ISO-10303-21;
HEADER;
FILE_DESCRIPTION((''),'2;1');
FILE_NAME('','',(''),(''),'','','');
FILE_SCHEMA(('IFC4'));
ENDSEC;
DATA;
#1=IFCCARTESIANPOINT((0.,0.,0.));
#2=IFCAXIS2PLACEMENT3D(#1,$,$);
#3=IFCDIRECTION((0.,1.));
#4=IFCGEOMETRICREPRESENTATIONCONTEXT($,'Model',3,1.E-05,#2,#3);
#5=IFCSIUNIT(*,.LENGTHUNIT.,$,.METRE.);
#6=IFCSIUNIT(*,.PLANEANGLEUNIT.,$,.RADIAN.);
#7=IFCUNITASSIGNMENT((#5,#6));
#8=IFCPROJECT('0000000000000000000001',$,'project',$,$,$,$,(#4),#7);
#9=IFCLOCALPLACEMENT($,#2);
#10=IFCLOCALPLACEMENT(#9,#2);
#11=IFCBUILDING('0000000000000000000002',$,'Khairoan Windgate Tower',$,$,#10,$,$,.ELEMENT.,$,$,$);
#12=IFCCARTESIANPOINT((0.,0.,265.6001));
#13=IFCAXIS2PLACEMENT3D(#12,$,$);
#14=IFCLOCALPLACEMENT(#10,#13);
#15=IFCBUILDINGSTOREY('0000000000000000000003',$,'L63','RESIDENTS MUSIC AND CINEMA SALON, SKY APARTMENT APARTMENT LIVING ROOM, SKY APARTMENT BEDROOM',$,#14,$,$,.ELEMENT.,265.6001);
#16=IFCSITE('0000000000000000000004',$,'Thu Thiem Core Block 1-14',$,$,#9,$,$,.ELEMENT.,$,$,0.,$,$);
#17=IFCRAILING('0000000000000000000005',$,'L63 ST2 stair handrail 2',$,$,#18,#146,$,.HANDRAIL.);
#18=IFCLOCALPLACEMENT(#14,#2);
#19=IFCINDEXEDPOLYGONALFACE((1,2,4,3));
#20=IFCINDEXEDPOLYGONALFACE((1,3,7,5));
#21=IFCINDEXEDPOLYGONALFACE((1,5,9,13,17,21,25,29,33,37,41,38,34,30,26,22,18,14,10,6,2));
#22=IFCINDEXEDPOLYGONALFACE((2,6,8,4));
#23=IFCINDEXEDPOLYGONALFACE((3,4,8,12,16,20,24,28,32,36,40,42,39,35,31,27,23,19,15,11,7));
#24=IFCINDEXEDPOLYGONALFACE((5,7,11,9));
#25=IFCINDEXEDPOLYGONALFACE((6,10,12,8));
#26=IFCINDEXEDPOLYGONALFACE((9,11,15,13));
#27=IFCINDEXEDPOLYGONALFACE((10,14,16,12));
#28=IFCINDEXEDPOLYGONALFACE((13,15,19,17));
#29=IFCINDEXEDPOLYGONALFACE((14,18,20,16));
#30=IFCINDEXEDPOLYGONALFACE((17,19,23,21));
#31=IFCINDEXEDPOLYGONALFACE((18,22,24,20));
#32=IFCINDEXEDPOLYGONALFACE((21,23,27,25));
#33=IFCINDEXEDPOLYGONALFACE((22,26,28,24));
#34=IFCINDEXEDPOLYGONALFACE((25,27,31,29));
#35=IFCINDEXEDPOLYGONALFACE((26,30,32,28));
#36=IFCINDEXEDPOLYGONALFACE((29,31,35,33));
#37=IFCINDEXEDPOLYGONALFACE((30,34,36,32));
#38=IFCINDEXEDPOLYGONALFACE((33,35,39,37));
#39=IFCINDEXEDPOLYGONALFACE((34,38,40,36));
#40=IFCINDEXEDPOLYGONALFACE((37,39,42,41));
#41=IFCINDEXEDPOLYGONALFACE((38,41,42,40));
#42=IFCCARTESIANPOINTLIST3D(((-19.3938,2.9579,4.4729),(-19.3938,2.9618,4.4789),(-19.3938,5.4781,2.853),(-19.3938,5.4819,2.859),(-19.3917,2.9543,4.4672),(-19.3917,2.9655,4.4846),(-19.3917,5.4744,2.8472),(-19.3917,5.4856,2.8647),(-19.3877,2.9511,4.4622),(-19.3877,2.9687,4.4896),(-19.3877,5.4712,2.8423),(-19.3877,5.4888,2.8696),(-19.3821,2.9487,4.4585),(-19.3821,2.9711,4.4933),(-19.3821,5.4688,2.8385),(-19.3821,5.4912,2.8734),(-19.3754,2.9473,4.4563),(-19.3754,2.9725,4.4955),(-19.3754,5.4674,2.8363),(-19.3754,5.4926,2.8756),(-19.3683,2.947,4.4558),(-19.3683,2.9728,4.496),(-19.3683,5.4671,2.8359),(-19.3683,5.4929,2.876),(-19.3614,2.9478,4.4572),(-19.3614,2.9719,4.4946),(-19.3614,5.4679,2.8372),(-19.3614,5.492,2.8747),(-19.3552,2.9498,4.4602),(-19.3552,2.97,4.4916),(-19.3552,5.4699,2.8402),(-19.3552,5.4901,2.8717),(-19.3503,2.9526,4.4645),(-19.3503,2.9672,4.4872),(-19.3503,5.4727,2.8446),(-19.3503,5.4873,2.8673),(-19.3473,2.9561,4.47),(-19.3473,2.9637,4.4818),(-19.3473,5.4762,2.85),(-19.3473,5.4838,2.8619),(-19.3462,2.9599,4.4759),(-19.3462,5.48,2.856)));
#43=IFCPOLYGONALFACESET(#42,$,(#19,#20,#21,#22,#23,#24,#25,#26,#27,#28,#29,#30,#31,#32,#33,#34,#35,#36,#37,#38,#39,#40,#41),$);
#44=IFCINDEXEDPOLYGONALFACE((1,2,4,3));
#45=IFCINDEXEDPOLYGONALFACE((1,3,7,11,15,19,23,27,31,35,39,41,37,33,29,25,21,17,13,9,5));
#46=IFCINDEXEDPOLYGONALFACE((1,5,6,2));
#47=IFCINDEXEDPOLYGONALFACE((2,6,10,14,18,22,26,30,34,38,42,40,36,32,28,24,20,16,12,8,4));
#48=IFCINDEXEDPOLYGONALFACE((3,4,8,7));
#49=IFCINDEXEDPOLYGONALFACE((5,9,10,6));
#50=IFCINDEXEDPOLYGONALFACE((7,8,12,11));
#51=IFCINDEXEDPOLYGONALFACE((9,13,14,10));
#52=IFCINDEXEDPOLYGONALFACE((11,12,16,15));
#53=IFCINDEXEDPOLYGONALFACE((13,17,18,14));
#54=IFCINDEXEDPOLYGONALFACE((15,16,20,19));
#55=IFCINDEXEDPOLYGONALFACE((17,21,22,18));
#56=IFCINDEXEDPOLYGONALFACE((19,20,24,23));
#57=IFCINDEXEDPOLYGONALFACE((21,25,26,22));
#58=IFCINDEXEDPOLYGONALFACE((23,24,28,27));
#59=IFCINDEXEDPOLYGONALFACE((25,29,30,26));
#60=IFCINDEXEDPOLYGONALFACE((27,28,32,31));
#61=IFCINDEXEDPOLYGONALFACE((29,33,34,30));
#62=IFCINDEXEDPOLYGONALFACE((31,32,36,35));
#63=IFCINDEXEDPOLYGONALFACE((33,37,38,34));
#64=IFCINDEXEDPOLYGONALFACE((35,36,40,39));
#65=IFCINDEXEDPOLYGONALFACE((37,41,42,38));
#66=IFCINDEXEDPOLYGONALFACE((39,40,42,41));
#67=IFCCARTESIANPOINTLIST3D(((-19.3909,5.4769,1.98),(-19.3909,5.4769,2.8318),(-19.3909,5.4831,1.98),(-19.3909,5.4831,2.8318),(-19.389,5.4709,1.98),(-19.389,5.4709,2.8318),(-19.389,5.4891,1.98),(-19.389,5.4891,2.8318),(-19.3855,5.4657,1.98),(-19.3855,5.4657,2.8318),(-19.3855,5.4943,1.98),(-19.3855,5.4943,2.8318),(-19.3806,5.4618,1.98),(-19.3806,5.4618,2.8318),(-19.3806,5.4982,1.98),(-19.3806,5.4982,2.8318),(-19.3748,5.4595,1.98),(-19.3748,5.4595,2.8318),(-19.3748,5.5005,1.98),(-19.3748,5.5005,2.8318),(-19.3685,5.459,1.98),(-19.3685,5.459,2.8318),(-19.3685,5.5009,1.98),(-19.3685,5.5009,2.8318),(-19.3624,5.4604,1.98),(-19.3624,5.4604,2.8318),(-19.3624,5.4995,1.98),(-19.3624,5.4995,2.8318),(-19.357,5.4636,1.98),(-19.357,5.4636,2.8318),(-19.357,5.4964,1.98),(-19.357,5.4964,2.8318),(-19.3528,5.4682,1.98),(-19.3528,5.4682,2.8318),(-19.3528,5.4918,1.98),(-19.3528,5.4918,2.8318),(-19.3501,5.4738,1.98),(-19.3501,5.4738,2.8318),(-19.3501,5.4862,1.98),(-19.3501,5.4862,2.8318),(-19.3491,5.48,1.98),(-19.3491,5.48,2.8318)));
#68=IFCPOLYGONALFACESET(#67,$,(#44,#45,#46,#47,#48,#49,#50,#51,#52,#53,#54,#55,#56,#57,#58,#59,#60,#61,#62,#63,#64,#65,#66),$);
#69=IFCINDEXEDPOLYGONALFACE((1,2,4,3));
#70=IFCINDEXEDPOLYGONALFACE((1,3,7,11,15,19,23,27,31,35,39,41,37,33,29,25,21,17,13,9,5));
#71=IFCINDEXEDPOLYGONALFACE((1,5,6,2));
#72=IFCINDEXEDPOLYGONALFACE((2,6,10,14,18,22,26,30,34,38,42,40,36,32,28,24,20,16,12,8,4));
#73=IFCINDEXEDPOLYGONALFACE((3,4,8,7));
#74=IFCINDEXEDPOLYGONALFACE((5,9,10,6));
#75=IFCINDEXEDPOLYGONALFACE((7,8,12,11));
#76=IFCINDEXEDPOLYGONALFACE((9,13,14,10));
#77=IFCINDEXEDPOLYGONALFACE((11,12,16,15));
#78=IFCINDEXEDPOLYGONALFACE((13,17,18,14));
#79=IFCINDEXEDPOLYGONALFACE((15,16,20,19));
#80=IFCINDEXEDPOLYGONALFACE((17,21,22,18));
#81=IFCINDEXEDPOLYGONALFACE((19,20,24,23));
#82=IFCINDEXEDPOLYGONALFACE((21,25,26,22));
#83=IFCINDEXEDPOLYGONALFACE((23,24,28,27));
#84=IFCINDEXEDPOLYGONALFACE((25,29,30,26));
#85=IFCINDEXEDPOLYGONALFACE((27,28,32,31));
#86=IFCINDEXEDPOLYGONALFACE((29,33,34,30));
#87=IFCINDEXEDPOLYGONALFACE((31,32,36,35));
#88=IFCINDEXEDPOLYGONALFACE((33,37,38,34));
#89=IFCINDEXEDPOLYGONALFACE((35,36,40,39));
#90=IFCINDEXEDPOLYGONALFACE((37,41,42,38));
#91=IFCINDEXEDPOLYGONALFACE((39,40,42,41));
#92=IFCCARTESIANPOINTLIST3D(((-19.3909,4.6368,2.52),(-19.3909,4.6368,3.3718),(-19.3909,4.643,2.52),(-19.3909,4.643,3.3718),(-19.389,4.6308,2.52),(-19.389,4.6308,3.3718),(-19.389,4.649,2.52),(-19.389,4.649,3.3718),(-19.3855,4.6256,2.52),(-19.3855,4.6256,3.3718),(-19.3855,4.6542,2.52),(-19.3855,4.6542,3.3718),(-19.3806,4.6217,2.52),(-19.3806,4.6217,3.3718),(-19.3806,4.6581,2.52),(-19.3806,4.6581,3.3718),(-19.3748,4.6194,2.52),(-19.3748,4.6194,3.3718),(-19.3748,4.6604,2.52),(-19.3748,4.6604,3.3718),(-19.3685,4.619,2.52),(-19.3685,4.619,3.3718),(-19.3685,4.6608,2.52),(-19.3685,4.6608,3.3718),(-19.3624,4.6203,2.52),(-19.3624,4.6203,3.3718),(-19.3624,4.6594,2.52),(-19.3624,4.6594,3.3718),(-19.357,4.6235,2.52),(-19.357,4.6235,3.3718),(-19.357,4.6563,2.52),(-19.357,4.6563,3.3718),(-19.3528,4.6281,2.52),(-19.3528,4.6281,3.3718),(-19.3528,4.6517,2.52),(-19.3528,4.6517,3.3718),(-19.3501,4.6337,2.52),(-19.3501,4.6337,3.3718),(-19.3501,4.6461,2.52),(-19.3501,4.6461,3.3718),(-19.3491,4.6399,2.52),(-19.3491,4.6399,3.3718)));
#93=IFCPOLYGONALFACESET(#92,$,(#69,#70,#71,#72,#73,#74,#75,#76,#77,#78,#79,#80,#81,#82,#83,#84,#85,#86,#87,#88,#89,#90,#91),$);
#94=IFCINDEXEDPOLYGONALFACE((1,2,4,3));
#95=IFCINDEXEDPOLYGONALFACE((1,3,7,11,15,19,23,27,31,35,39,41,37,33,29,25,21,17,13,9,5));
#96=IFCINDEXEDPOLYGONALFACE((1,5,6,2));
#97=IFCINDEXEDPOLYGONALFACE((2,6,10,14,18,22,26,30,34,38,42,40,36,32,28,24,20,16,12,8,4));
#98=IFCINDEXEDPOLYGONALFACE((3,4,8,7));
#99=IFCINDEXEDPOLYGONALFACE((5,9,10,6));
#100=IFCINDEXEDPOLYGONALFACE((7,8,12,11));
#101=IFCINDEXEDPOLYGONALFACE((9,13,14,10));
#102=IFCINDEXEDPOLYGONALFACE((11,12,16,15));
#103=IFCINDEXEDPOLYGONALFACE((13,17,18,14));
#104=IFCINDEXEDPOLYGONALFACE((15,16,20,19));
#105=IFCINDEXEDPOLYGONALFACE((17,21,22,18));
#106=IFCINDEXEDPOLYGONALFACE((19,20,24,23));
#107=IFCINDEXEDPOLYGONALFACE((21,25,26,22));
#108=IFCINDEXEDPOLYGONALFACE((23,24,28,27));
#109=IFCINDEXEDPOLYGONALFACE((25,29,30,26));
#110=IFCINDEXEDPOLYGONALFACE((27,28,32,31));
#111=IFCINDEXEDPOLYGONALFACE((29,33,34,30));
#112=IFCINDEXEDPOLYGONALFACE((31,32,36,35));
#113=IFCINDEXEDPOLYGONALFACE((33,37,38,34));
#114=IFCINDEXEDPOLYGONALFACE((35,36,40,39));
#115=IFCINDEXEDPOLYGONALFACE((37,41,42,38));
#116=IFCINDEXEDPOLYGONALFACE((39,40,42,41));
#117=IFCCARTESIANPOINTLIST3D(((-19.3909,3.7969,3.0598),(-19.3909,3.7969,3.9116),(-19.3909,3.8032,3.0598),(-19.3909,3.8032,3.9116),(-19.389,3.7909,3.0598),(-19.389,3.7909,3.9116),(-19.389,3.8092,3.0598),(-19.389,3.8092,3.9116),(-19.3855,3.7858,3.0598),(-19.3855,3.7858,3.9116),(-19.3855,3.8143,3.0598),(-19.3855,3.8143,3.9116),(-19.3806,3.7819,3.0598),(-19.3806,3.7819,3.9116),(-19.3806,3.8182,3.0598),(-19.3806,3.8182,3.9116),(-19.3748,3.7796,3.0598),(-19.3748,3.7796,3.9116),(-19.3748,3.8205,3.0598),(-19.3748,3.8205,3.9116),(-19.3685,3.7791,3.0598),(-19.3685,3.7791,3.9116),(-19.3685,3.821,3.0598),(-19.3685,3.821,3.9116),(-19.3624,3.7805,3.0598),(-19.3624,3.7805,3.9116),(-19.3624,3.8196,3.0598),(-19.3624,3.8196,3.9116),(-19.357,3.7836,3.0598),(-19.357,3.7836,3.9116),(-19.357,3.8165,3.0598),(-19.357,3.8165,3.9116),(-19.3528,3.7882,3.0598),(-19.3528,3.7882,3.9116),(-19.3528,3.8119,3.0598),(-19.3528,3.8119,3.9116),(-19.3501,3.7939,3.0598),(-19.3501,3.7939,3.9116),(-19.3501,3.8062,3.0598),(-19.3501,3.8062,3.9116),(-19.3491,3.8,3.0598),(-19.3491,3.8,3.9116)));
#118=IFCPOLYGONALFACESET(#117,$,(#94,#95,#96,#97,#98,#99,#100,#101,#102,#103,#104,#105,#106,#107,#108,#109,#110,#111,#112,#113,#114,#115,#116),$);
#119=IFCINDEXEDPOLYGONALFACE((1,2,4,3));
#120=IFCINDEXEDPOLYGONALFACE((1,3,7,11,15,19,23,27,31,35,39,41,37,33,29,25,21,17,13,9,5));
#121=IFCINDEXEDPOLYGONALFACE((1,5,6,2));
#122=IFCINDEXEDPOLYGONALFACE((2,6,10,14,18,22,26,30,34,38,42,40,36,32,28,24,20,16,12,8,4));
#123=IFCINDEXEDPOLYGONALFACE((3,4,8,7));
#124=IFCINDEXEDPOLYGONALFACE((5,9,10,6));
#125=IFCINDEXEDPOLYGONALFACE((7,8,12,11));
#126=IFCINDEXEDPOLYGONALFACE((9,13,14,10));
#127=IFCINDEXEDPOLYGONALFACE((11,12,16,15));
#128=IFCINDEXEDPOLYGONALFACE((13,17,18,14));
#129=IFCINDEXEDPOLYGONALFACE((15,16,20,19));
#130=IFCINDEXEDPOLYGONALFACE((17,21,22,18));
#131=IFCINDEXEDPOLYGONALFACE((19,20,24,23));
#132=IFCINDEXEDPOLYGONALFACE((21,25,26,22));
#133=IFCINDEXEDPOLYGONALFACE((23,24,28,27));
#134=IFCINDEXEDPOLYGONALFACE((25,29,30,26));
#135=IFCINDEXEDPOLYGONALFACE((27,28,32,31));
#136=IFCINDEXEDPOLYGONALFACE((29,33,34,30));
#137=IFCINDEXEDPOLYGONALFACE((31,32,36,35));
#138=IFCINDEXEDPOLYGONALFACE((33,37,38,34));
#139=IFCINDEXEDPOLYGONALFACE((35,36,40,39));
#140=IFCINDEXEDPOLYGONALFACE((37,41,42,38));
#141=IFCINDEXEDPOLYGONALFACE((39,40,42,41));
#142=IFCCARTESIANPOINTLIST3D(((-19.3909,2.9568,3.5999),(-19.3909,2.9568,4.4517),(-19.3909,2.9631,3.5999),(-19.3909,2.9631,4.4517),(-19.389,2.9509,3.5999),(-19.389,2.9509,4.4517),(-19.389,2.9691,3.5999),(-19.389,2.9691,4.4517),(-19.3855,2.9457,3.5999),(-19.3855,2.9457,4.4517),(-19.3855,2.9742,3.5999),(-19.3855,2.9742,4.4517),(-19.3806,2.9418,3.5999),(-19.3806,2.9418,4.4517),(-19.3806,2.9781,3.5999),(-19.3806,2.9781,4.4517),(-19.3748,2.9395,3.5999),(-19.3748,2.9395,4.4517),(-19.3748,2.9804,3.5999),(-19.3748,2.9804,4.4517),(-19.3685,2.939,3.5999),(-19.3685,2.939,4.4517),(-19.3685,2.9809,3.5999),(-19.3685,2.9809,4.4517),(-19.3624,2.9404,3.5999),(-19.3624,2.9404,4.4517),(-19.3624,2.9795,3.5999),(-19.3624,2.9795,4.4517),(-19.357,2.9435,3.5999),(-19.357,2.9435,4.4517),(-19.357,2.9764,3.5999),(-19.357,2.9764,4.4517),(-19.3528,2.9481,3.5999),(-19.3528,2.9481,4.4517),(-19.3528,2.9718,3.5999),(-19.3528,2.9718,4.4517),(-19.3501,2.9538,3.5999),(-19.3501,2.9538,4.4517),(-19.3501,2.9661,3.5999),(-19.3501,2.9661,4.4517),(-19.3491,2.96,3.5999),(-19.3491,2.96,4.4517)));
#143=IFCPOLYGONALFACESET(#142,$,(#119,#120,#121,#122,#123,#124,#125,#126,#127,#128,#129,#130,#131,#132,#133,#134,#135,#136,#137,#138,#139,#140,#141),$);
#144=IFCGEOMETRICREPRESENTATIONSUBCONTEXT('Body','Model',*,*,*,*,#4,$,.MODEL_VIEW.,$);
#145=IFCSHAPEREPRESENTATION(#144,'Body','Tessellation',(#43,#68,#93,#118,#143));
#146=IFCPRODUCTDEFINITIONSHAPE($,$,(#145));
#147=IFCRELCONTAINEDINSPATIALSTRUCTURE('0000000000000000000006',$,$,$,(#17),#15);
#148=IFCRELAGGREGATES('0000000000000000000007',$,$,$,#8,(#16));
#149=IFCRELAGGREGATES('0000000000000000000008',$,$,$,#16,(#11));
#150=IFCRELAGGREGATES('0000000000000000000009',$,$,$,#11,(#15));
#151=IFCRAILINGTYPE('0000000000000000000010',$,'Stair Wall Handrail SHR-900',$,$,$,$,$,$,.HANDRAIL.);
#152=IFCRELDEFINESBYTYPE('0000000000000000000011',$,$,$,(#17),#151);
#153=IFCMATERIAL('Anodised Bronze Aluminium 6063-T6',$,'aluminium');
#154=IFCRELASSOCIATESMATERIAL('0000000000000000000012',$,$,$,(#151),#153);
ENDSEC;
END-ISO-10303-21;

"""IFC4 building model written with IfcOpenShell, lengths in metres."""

from ifc_helpers import new_model, si_unit, direction, frame, origin, origin_2d, place, context, subcontext, project, spatial, circle, extrude, material, type_object, element, save


model = new_model("IFC4")

# Units and contexts
model_context = context("Model", 3, precision=1e-05, world=origin(), true_north=direction((0.0, 1.0)))
body_context = subcontext(model_context, "Body", "Model", "MODEL_VIEW")
ifc_project = project(units=[si_unit("LENGTHUNIT", "METRE"), si_unit("PLANEANGLEUNIT", "RADIAN")], contexts=[model_context])

# Site, building, storey
site_placement = place(None, origin())
site = spatial("IfcSite", under=ifc_project, at=site_placement, Name="Thu Thiem Core Block 1-14", CompositionType="ELEMENT", RefElevation=0.0)
building_placement = place(site_placement, origin())
building = spatial("IfcBuilding", under=site, at=building_placement, Name="Khairoan Windgate Tower", CompositionType="ELEMENT")
storey_placement = place(building_placement, frame((0.0, 0.0, 265.6001)))
storey = spatial("IfcBuildingStorey", under=building, at=storey_placement, Name="L63", Description="RESIDENTS MUSIC AND CINEMA SALON, SKY APARTMENT APARTMENT LIVING ROOM, SKY APARTMENT BEDROOM", CompositionType="ELEMENT", Elevation=265.6001)

# Railing
ifc_material_1 = material(Name="Anodised Bronze Aluminium 6063-T6", Category="aluminium")
railing_type_1 = type_object("IfcRailingType", Name="Stair Wall Handrail SHR-900", PredefinedType="HANDRAIL", material=ifc_material_1)
railing_1_placement = place(storey_placement, frame((-19.3701, 5.48, 1.98)))
element("IfcRailing", 1, at=railing_1_placement, inside=storey, type_object=railing_type_1, Name="L63 ST2 stair handrail 2", PredefinedType="HANDRAIL", context=body_context, shape_type="SweptSolid", body=[
    extrude(circle(Radius=0.0239, at=origin_2d()), frame((0.0, 0.0, 0.876), z_axis=(0.0, -0.8412, 0.540725), x_axis=(1.0, 0.0, 0.0)), (0.0, 0.0, 1.0), 2.9958),
    extrude(circle(Radius=0.021, at=origin_2d()), origin(), (0.0, 0.0, 1.0), 0.8518),
    extrude(circle(Radius=0.021, at=origin_2d()), frame((0.0, -0.8401, 0.54)), (0.0, 0.0, 1.0), 0.8518),
    extrude(circle(Radius=0.021, at=origin_2d()), frame((0.0, -1.6799, 1.0798)), (0.0, 0.0, 1.0), 0.8518),
    extrude(circle(Radius=0.021, at=origin_2d()), frame((0.0, -2.52, 1.6199)), (0.0, 0.0, 1.0), 0.8518),
])

save(model, "model.ifc")
